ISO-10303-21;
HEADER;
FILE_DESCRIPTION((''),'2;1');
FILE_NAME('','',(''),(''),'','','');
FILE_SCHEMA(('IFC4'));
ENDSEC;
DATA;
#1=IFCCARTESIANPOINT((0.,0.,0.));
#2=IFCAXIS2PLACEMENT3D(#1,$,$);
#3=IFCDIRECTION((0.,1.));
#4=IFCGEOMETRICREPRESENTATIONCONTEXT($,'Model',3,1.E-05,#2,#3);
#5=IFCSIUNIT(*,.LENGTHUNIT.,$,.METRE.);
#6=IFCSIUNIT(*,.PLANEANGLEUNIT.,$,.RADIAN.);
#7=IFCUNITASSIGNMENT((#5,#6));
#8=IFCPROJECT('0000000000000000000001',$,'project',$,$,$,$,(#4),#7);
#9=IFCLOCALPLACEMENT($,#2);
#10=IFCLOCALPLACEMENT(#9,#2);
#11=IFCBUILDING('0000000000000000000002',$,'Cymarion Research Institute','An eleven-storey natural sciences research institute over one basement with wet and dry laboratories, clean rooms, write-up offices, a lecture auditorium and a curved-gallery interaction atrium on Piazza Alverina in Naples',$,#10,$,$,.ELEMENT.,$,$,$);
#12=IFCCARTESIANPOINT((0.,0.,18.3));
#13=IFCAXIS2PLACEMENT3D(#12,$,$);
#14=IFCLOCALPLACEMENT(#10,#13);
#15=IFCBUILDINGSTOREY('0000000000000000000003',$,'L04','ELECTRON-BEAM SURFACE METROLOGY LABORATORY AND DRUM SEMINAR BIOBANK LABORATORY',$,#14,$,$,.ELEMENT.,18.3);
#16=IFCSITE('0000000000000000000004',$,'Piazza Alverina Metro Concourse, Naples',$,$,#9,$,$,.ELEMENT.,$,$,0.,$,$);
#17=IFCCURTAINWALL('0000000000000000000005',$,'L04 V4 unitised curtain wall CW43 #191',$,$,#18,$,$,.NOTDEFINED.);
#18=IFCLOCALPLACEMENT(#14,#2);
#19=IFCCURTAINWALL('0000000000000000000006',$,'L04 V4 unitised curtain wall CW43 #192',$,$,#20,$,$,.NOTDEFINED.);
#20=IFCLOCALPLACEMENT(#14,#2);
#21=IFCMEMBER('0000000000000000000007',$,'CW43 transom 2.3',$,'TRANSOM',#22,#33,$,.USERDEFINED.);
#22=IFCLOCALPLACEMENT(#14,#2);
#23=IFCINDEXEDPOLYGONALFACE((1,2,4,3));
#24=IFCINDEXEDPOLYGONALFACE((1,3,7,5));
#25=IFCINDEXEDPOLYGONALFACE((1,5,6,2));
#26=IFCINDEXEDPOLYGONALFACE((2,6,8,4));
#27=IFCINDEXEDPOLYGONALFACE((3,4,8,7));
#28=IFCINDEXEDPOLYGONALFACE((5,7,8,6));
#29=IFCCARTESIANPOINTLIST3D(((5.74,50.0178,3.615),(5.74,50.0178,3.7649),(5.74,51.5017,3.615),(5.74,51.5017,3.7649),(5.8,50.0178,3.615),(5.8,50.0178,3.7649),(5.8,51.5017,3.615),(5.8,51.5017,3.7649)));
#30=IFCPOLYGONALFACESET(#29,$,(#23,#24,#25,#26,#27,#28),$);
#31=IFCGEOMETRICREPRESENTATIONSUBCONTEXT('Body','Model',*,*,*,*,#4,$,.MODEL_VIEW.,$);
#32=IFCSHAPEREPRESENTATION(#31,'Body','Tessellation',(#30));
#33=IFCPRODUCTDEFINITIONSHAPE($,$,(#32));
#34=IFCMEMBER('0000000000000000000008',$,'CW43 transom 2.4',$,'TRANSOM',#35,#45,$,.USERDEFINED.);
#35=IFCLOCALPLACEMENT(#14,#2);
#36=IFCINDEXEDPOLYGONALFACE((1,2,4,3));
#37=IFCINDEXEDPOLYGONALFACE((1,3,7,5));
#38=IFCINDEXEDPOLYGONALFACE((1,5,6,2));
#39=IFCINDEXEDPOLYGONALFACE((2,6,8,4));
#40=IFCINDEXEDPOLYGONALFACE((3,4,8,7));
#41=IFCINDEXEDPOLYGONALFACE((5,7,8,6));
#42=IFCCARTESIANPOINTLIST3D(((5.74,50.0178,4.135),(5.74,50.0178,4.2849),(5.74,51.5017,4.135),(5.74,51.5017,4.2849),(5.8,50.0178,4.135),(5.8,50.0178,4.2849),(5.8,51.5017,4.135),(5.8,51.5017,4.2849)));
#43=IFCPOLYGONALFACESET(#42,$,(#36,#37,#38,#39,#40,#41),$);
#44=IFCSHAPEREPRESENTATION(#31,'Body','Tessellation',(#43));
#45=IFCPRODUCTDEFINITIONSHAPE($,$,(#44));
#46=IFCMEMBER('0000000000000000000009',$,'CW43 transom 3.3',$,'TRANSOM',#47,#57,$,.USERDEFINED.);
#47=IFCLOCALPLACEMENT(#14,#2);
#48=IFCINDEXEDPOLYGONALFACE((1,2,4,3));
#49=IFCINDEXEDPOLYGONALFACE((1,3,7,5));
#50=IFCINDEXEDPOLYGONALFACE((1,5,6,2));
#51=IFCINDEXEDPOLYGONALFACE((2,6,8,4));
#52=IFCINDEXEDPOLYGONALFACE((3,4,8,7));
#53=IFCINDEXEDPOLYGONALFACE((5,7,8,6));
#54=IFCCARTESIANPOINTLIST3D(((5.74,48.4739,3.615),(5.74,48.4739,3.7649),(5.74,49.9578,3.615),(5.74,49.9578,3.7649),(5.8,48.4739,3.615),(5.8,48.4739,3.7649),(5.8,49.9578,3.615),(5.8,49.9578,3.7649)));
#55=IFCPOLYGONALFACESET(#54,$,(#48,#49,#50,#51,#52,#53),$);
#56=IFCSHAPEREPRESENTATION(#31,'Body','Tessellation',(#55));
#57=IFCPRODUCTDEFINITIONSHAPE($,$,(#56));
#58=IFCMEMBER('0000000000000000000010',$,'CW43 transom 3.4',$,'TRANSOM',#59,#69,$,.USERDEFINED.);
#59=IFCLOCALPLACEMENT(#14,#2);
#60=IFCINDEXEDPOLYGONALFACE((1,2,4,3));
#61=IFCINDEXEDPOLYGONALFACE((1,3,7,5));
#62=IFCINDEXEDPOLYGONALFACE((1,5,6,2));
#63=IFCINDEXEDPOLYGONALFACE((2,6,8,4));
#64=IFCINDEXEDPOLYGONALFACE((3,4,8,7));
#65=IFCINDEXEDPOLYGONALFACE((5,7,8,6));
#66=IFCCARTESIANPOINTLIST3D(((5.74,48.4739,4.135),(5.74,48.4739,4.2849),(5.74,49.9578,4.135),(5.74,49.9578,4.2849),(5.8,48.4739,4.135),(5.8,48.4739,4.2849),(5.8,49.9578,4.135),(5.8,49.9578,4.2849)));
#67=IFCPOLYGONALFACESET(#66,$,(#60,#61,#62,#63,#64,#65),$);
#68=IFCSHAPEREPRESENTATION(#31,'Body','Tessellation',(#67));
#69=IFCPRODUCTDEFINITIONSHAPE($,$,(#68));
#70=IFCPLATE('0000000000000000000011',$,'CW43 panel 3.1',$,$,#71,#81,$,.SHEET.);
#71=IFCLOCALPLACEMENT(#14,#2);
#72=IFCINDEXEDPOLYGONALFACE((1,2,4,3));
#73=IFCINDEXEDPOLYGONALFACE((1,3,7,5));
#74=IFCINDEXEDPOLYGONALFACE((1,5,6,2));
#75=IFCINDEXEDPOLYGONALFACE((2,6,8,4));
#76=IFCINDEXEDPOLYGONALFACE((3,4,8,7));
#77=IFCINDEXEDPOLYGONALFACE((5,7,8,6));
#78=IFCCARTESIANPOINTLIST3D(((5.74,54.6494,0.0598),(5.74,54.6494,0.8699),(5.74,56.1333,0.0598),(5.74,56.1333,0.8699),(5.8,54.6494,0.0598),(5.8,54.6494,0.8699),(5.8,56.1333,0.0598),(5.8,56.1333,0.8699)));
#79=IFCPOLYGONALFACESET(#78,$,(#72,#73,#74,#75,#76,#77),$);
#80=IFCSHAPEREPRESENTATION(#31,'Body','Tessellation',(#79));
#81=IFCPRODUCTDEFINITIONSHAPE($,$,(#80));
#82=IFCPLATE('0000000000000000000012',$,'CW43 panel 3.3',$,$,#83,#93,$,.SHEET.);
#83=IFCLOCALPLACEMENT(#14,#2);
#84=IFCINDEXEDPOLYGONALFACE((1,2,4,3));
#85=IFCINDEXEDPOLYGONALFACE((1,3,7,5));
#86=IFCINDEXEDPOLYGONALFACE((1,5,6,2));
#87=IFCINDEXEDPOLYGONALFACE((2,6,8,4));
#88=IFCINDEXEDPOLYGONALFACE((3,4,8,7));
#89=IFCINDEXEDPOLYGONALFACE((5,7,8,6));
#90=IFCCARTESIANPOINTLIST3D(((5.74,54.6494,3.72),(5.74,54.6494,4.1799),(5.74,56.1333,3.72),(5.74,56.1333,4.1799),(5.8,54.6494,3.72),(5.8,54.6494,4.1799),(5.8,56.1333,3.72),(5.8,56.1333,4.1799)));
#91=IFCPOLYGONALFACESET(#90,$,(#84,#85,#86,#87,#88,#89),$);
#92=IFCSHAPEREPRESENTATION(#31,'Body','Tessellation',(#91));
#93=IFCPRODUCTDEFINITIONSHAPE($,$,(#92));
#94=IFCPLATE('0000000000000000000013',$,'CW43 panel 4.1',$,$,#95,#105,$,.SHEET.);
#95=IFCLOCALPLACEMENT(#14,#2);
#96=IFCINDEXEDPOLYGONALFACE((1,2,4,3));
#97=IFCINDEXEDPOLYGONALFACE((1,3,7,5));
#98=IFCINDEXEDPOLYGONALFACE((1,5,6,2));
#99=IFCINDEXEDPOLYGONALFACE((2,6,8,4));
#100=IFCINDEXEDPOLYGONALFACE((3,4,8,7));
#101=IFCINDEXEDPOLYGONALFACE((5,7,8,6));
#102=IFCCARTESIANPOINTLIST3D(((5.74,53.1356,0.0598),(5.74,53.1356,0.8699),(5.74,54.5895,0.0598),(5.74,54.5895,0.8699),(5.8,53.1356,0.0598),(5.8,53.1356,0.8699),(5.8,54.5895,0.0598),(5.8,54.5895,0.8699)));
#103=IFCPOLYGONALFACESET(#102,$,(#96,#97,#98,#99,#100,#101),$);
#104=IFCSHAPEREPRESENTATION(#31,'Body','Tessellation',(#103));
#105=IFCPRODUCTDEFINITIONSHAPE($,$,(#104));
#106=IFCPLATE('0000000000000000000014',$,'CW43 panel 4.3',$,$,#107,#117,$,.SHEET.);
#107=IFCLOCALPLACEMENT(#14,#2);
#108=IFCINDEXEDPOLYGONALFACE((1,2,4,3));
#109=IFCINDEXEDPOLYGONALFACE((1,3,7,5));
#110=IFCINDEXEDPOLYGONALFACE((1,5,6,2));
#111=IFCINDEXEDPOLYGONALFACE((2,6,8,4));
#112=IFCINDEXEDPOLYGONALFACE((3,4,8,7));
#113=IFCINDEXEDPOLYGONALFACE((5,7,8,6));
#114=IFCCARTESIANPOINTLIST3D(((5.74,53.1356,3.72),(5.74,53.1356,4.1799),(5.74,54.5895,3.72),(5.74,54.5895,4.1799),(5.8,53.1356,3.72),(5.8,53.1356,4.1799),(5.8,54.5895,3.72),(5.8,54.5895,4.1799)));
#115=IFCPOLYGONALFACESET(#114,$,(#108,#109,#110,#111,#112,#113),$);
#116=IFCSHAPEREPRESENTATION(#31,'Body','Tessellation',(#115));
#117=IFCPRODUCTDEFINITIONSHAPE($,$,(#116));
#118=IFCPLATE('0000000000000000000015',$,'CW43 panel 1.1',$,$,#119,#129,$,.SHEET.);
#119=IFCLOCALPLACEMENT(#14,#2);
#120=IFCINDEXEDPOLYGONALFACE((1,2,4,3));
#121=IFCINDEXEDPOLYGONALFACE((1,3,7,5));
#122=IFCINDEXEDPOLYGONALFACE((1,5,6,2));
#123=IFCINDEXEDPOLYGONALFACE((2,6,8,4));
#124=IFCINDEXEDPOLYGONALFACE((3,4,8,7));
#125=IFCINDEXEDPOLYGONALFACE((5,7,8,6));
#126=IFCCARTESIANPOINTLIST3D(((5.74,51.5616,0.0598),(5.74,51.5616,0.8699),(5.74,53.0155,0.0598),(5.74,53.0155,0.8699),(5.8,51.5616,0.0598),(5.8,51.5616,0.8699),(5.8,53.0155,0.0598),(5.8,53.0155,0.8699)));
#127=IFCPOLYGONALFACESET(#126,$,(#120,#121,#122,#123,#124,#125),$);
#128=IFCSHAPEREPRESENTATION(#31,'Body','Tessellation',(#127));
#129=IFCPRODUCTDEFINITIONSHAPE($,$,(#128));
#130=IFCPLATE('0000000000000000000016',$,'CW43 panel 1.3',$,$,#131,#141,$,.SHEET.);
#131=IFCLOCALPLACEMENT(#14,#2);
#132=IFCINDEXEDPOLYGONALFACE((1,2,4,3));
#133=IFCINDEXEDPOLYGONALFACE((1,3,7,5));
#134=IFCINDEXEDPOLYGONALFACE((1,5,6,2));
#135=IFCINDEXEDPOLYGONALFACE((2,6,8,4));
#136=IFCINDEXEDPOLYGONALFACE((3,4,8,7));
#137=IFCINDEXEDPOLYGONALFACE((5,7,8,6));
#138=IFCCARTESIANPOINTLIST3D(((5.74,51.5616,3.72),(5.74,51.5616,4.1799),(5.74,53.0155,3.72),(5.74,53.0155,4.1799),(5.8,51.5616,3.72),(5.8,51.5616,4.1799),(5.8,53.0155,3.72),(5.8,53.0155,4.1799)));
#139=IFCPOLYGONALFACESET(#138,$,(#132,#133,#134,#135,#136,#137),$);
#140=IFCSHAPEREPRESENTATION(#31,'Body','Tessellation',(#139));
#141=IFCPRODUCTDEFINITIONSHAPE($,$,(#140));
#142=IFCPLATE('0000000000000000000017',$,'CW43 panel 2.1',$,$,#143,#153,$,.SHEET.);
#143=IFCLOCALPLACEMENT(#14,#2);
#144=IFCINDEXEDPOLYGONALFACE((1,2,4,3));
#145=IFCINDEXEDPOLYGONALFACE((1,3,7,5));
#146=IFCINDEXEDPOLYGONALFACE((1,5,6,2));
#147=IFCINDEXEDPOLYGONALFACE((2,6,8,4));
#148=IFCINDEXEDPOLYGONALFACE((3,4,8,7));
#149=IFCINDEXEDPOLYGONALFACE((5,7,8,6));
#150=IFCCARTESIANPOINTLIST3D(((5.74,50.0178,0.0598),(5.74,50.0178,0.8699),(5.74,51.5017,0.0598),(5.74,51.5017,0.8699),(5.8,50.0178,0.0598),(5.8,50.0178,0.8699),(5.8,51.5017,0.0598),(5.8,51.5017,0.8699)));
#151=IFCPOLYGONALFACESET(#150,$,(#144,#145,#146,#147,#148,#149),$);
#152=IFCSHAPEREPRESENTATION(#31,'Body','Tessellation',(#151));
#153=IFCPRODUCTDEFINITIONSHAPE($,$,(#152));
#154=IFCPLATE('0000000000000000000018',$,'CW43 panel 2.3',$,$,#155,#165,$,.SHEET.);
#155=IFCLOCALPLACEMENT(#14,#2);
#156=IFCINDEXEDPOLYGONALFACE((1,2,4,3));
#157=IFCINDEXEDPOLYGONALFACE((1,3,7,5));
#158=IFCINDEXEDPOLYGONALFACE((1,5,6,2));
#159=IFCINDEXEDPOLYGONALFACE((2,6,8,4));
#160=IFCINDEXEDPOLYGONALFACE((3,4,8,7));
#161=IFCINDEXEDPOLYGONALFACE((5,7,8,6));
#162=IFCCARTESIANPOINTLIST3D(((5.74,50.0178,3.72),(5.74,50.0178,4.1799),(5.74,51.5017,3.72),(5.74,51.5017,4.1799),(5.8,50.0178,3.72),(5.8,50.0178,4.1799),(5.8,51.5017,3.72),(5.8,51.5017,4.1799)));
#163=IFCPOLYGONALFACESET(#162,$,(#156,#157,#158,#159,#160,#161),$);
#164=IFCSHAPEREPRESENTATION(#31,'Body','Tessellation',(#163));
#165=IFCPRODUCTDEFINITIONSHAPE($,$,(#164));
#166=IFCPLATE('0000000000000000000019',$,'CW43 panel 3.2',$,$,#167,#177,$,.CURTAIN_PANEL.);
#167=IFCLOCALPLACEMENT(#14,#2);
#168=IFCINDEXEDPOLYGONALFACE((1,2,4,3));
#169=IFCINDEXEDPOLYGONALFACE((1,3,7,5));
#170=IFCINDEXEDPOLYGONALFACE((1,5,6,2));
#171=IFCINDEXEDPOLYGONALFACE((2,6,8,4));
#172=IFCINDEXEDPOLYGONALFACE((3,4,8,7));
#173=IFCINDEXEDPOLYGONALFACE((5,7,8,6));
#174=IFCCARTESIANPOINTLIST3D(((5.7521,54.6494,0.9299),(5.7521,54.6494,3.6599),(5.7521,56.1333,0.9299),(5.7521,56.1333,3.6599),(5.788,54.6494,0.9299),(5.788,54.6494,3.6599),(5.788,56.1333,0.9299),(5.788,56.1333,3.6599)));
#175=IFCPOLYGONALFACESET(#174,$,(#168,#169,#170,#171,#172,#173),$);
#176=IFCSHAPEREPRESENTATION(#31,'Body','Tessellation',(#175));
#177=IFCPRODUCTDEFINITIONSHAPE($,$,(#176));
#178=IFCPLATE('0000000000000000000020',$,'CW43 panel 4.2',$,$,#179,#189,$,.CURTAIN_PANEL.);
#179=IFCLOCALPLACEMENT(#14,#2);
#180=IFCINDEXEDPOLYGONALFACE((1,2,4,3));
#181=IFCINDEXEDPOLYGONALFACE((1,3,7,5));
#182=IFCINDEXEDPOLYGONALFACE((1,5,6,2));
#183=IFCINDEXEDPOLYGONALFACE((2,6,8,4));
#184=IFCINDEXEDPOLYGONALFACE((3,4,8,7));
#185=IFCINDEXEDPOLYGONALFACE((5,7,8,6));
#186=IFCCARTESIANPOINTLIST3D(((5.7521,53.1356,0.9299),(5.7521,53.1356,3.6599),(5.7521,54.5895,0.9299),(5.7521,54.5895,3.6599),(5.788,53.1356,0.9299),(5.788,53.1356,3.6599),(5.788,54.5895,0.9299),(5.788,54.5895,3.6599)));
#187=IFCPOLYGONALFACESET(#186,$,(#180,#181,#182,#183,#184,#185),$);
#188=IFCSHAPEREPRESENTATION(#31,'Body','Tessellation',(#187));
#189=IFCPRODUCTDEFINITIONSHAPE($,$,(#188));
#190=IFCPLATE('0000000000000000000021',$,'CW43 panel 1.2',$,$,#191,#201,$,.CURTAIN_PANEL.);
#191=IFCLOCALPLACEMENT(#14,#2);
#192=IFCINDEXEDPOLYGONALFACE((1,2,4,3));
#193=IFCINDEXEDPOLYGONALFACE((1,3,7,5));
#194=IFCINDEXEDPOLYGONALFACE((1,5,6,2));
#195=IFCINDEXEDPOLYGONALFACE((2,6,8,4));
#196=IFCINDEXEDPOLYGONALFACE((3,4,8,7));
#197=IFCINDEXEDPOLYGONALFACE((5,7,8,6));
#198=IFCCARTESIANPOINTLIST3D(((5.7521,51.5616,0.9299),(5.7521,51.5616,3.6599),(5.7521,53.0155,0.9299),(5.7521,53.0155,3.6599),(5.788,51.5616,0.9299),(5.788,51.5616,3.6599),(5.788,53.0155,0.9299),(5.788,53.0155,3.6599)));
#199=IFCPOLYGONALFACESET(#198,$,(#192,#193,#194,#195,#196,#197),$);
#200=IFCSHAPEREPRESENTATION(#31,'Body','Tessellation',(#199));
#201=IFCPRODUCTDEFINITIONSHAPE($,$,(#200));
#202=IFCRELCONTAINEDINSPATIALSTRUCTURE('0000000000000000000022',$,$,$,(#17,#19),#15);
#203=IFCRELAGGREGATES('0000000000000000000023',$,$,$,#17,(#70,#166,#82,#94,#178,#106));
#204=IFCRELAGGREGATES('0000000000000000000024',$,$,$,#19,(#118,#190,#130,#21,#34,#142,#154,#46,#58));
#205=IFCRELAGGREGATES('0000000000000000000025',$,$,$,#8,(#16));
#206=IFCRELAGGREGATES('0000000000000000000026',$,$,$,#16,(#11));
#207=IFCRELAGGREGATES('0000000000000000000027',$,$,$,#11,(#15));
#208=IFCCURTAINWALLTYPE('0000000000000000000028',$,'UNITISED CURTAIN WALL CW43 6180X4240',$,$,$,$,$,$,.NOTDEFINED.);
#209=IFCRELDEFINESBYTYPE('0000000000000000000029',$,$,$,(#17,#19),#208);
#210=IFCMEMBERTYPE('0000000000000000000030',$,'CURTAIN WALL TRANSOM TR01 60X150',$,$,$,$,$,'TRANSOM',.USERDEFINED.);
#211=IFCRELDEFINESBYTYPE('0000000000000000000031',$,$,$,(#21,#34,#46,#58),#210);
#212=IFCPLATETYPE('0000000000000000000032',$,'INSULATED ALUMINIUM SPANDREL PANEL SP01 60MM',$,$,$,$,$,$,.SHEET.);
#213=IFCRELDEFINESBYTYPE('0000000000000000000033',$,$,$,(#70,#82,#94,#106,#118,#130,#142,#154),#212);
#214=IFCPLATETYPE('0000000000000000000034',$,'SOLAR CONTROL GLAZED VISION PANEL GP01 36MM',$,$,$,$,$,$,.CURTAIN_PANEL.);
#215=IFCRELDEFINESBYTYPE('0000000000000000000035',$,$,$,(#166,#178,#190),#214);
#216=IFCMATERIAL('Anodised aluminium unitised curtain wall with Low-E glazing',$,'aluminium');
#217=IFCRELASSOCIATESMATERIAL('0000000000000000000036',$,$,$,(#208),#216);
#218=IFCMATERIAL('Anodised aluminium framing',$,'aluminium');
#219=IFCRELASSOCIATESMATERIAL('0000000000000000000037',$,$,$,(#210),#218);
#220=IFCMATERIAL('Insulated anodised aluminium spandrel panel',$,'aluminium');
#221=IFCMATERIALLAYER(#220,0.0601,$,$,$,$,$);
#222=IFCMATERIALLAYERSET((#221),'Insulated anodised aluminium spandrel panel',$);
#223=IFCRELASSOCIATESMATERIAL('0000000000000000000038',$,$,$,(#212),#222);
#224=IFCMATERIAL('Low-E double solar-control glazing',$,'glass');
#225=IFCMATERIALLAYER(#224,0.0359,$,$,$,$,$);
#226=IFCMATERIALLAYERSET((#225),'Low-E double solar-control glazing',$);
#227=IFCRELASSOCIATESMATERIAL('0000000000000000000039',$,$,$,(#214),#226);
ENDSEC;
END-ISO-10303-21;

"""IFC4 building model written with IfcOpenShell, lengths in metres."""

from ifc_helpers import new_model, si_unit, direction, frame, origin, origin_2d, place, context, subcontext, project, spatial, rectangle, extrude, material, layer, layer_set, material_profile, profile_set, type_object, element, aggregate, save


model = new_model("IFC4")

# Units and contexts
model_context = context("Model", 3, precision=1e-05, world=origin(), true_north=direction((0.0, 1.0)))
body_context = subcontext(model_context, "Body", "Model", "MODEL_VIEW")
ifc_project = project(units=[si_unit("LENGTHUNIT", "METRE"), si_unit("PLANEANGLEUNIT", "RADIAN")], contexts=[model_context])

# Site, building, storey
site_placement = place(None, origin())
site = spatial("IfcSite", under=ifc_project, at=site_placement, Name="Piazza Alverina Metro Concourse, Naples", CompositionType="ELEMENT", RefElevation=0.0)
building_placement = place(site_placement, origin())
building = spatial("IfcBuilding", under=site, at=building_placement, Name="Cymarion Research Institute", Description="An eleven-storey natural sciences research institute over one basement with wet and dry laboratories, clean rooms, write-up offices, a lecture auditorium and a curved-gallery interaction atrium on Piazza Alverina in Naples", CompositionType="ELEMENT")
storey_placement = place(building_placement, frame((0.0, 0.0, 18.3)))
storey = spatial("IfcBuildingStorey", under=building, at=storey_placement, Name="L04", Description="ELECTRON-BEAM SURFACE METROLOGY LABORATORY AND DRUM SEMINAR BIOBANK LABORATORY", CompositionType="ELEMENT", Elevation=18.3)

# Curtain walls
ifc_material_1 = material(Name="Anodised aluminium unitised curtain wall with Low-E glazing", Category="aluminium")
curtain_wall_type = type_object("IfcCurtainWallType", Name="UNITISED CURTAIN WALL CW43 6180X4240", PredefinedType="NOTDEFINED", material=ifc_material_1)
curtain_wall_1_placement = place(storey_placement, origin())
curtain_wall_1 = element("IfcCurtainWall", 1, at=curtain_wall_1_placement, inside=storey, type_object=curtain_wall_type, Name="L04 V4 unitised curtain wall CW43 #191", PredefinedType="NOTDEFINED")
ifc_material_2 = material(Name="Anodised aluminium framing", Category="aluminium")
curtain_wall_2_placement = place(storey_placement, origin())
curtain_wall_2 = element("IfcCurtainWall", 2, at=curtain_wall_2_placement, inside=storey, type_object=curtain_wall_type, Name="L04 V4 unitised curtain wall CW43 #192", PredefinedType="NOTDEFINED")

# Members
ifc_material_profile_1 = material_profile(ifc_material_2, rectangle(XDim=0.0601, YDim=0.1499, at=origin_2d()), Name="ALU TRANSOM 60x150")
ifc_profile_set_1 = profile_set([ifc_material_profile_1], Name="Anodised aluminium framing")
member_type_1 = type_object("IfcMemberType", Name="CURTAIN WALL TRANSOM TR01 60X150", ElementType="TRANSOM", PredefinedType="USERDEFINED", material=ifc_profile_set_1)
member_1_placement = place(storey_placement, frame((5.77, 51.5017, 3.6899), z_axis=(0.0, -1.0, 0.0), x_axis=(1.0, 0.0, 0.0)))
member_1 = element("IfcMember", 3, at=member_1_placement, type_object=member_type_1, Name="CW43 transom 2.3", ObjectType="TRANSOM", PredefinedType="USERDEFINED", context=body_context, shape_type="SweptSolid", body=[
    extrude(rectangle(XDim=0.0601, YDim=0.1499, at=origin_2d()), origin(), (0.0, 0.0, 1.0), 1.4839),
])
member_2_placement = place(storey_placement, frame((5.77, 51.5017, 4.21), z_axis=(0.0, -1.0, 0.0), x_axis=(1.0, 0.0, 0.0)))
member_2 = element("IfcMember", 4, at=member_2_placement, type_object=member_type_1, Name="CW43 transom 2.4", ObjectType="TRANSOM", PredefinedType="USERDEFINED", context=body_context, shape_type="SweptSolid", body=[
    extrude(rectangle(XDim=0.0601, YDim=0.1499, at=origin_2d()), origin(), (0.0, 0.0, 1.0), 1.4839),
])
member_3_placement = place(storey_placement, frame((5.77, 49.9578, 3.6899), z_axis=(0.0, -1.0, 0.0), x_axis=(1.0, 0.0, 0.0)))
member_3 = element("IfcMember", 5, at=member_3_placement, type_object=member_type_1, Name="CW43 transom 3.3", ObjectType="TRANSOM", PredefinedType="USERDEFINED", context=body_context, shape_type="SweptSolid", body=[
    extrude(rectangle(XDim=0.0601, YDim=0.1499, at=origin_2d()), origin(), (0.0, 0.0, 1.0), 1.4839),
])
member_4_placement = place(storey_placement, frame((5.77, 49.9578, 4.21), z_axis=(0.0, -1.0, 0.0), x_axis=(1.0, 0.0, 0.0)))
member_4 = element("IfcMember", 6, at=member_4_placement, type_object=member_type_1, Name="CW43 transom 3.4", ObjectType="TRANSOM", PredefinedType="USERDEFINED", context=body_context, shape_type="SweptSolid", body=[
    extrude(rectangle(XDim=0.0601, YDim=0.1499, at=origin_2d()), origin(), (0.0, 0.0, 1.0), 1.4839),
])

# Plates
ifc_material_3 = material(Name="Insulated anodised aluminium spandrel panel", Category="aluminium")
ifc_layer_1 = layer(ifc_material_3, 0.0601)
ifc_layer_set_1 = layer_set([ifc_layer_1], Name="Insulated anodised aluminium spandrel panel")
plate_type_1 = type_object("IfcPlateType", Name="INSULATED ALUMINIUM SPANDREL PANEL SP01 60MM", PredefinedType="SHEET", material=ifc_layer_set_1)
plate_1_placement = place(storey_placement, frame((5.77, 55.3914, 0.0598), z_axis=(0.0, 0.0, 1.0), x_axis=(0.0, -1.0, 0.0)))
plate_1 = element("IfcPlate", 7, at=plate_1_placement, type_object=plate_type_1, Name="CW43 panel 3.1", PredefinedType="SHEET", context=body_context, shape_type="SweptSolid", body=[
    extrude(rectangle(XDim=1.4839, YDim=0.0601, at=origin_2d()), origin(), (0.0, 0.0, 1.0), 0.8101),
])
plate_2_placement = place(storey_placement, frame((5.77, 55.3914, 3.72), z_axis=(0.0, 0.0, 1.0), x_axis=(0.0, -1.0, 0.0)))
plate_2 = element("IfcPlate", 8, at=plate_2_placement, type_object=plate_type_1, Name="CW43 panel 3.3", PredefinedType="SHEET", context=body_context, shape_type="SweptSolid", body=[
    extrude(rectangle(XDim=1.4839, YDim=0.0601, at=origin_2d()), origin(), (0.0, 0.0, 1.0), 0.46),
])
plate_3_placement = place(storey_placement, frame((5.77, 53.8625, 0.0598), z_axis=(0.0, 0.0, 1.0), x_axis=(0.0, -1.0, 0.0)))
plate_3 = element("IfcPlate", 9, at=plate_3_placement, type_object=plate_type_1, Name="CW43 panel 4.1", PredefinedType="SHEET", context=body_context, shape_type="SweptSolid", body=[
    extrude(rectangle(XDim=1.4539, YDim=0.0601, at=origin_2d()), origin(), (0.0, 0.0, 1.0), 0.8101),
])
plate_4_placement = place(storey_placement, frame((5.77, 53.8625, 3.72), z_axis=(0.0, 0.0, 1.0), x_axis=(0.0, -1.0, 0.0)))
plate_4 = element("IfcPlate", 10, at=plate_4_placement, type_object=plate_type_1, Name="CW43 panel 4.3", PredefinedType="SHEET", context=body_context, shape_type="SweptSolid", body=[
    extrude(rectangle(XDim=1.4539, YDim=0.0601, at=origin_2d()), origin(), (0.0, 0.0, 1.0), 0.46),
])
plate_5_placement = place(storey_placement, frame((5.77, 52.2886, 0.0598), z_axis=(0.0, 0.0, 1.0), x_axis=(0.0, -1.0, 0.0)))
plate_5 = element("IfcPlate", 11, at=plate_5_placement, type_object=plate_type_1, Name="CW43 panel 1.1", PredefinedType="SHEET", context=body_context, shape_type="SweptSolid", body=[
    extrude(rectangle(XDim=1.4539, YDim=0.0601, at=origin_2d()), origin(), (0.0, 0.0, 1.0), 0.8101),
])
plate_6_placement = place(storey_placement, frame((5.77, 52.2886, 3.72), z_axis=(0.0, 0.0, 1.0), x_axis=(0.0, -1.0, 0.0)))
plate_6 = element("IfcPlate", 12, at=plate_6_placement, type_object=plate_type_1, Name="CW43 panel 1.3", PredefinedType="SHEET", context=body_context, shape_type="SweptSolid", body=[
    extrude(rectangle(XDim=1.4539, YDim=0.0601, at=origin_2d()), origin(), (0.0, 0.0, 1.0), 0.46),
])
plate_7_placement = place(storey_placement, frame((5.77, 50.7598, 0.0598), z_axis=(0.0, 0.0, 1.0), x_axis=(0.0, -1.0, 0.0)))
plate_7 = element("IfcPlate", 13, at=plate_7_placement, type_object=plate_type_1, Name="CW43 panel 2.1", PredefinedType="SHEET", context=body_context, shape_type="SweptSolid", body=[
    extrude(rectangle(XDim=1.4839, YDim=0.0601, at=origin_2d()), origin(), (0.0, 0.0, 1.0), 0.8101),
])
plate_8_placement = place(storey_placement, frame((5.77, 50.7598, 3.72), z_axis=(0.0, 0.0, 1.0), x_axis=(0.0, -1.0, 0.0)))
plate_8 = element("IfcPlate", 14, at=plate_8_placement, type_object=plate_type_1, Name="CW43 panel 2.3", PredefinedType="SHEET", context=body_context, shape_type="SweptSolid", body=[
    extrude(rectangle(XDim=1.4839, YDim=0.0601, at=origin_2d()), origin(), (0.0, 0.0, 1.0), 0.46),
])
ifc_material_4 = material(Name="Low-E double solar-control glazing", Category="glass")
ifc_layer_2 = layer(ifc_material_4, 0.0359)
ifc_layer_set_2 = layer_set([ifc_layer_2], Name="Low-E double solar-control glazing")
plate_type_2 = type_object("IfcPlateType", Name="SOLAR CONTROL GLAZED VISION PANEL GP01 36MM", PredefinedType="CURTAIN_PANEL", material=ifc_layer_set_2)
plate_9_placement = place(storey_placement, frame((5.77, 55.3914, 0.9299), z_axis=(0.0, 0.0, 1.0), x_axis=(0.0, -1.0, 0.0)))
plate_9 = element("IfcPlate", 15, at=plate_9_placement, type_object=plate_type_2, Name="CW43 panel 3.2", PredefinedType="CURTAIN_PANEL", context=body_context, shape_type="SweptSolid", body=[
    extrude(rectangle(XDim=1.4839, YDim=0.0359, at=origin_2d()), origin(), (0.0, 0.0, 1.0), 2.73),
])
plate_10_placement = place(storey_placement, frame((5.77, 53.8625, 0.9299), z_axis=(0.0, 0.0, 1.0), x_axis=(0.0, -1.0, 0.0)))
plate_10 = element("IfcPlate", 16, at=plate_10_placement, type_object=plate_type_2, Name="CW43 panel 4.2", PredefinedType="CURTAIN_PANEL", context=body_context, shape_type="SweptSolid", body=[
    extrude(rectangle(XDim=1.4539, YDim=0.0359, at=origin_2d()), origin(), (0.0, 0.0, 1.0), 2.73),
])
aggregate(curtain_wall_1, [plate_1, plate_9, plate_2, plate_3, plate_10, plate_4])
plate_11_placement = place(storey_placement, frame((5.77, 52.2886, 0.9299), z_axis=(0.0, 0.0, 1.0), x_axis=(0.0, -1.0, 0.0)))
plate_11 = element("IfcPlate", 17, at=plate_11_placement, type_object=plate_type_2, Name="CW43 panel 1.2", PredefinedType="CURTAIN_PANEL", context=body_context, shape_type="SweptSolid", body=[
    extrude(rectangle(XDim=1.4539, YDim=0.0359, at=origin_2d()), origin(), (0.0, 0.0, 1.0), 2.73),
])
aggregate(curtain_wall_2, [plate_5, plate_11, plate_6, member_1, member_2, plate_7, plate_8, member_3, member_4])

save(model, "model.ifc")
